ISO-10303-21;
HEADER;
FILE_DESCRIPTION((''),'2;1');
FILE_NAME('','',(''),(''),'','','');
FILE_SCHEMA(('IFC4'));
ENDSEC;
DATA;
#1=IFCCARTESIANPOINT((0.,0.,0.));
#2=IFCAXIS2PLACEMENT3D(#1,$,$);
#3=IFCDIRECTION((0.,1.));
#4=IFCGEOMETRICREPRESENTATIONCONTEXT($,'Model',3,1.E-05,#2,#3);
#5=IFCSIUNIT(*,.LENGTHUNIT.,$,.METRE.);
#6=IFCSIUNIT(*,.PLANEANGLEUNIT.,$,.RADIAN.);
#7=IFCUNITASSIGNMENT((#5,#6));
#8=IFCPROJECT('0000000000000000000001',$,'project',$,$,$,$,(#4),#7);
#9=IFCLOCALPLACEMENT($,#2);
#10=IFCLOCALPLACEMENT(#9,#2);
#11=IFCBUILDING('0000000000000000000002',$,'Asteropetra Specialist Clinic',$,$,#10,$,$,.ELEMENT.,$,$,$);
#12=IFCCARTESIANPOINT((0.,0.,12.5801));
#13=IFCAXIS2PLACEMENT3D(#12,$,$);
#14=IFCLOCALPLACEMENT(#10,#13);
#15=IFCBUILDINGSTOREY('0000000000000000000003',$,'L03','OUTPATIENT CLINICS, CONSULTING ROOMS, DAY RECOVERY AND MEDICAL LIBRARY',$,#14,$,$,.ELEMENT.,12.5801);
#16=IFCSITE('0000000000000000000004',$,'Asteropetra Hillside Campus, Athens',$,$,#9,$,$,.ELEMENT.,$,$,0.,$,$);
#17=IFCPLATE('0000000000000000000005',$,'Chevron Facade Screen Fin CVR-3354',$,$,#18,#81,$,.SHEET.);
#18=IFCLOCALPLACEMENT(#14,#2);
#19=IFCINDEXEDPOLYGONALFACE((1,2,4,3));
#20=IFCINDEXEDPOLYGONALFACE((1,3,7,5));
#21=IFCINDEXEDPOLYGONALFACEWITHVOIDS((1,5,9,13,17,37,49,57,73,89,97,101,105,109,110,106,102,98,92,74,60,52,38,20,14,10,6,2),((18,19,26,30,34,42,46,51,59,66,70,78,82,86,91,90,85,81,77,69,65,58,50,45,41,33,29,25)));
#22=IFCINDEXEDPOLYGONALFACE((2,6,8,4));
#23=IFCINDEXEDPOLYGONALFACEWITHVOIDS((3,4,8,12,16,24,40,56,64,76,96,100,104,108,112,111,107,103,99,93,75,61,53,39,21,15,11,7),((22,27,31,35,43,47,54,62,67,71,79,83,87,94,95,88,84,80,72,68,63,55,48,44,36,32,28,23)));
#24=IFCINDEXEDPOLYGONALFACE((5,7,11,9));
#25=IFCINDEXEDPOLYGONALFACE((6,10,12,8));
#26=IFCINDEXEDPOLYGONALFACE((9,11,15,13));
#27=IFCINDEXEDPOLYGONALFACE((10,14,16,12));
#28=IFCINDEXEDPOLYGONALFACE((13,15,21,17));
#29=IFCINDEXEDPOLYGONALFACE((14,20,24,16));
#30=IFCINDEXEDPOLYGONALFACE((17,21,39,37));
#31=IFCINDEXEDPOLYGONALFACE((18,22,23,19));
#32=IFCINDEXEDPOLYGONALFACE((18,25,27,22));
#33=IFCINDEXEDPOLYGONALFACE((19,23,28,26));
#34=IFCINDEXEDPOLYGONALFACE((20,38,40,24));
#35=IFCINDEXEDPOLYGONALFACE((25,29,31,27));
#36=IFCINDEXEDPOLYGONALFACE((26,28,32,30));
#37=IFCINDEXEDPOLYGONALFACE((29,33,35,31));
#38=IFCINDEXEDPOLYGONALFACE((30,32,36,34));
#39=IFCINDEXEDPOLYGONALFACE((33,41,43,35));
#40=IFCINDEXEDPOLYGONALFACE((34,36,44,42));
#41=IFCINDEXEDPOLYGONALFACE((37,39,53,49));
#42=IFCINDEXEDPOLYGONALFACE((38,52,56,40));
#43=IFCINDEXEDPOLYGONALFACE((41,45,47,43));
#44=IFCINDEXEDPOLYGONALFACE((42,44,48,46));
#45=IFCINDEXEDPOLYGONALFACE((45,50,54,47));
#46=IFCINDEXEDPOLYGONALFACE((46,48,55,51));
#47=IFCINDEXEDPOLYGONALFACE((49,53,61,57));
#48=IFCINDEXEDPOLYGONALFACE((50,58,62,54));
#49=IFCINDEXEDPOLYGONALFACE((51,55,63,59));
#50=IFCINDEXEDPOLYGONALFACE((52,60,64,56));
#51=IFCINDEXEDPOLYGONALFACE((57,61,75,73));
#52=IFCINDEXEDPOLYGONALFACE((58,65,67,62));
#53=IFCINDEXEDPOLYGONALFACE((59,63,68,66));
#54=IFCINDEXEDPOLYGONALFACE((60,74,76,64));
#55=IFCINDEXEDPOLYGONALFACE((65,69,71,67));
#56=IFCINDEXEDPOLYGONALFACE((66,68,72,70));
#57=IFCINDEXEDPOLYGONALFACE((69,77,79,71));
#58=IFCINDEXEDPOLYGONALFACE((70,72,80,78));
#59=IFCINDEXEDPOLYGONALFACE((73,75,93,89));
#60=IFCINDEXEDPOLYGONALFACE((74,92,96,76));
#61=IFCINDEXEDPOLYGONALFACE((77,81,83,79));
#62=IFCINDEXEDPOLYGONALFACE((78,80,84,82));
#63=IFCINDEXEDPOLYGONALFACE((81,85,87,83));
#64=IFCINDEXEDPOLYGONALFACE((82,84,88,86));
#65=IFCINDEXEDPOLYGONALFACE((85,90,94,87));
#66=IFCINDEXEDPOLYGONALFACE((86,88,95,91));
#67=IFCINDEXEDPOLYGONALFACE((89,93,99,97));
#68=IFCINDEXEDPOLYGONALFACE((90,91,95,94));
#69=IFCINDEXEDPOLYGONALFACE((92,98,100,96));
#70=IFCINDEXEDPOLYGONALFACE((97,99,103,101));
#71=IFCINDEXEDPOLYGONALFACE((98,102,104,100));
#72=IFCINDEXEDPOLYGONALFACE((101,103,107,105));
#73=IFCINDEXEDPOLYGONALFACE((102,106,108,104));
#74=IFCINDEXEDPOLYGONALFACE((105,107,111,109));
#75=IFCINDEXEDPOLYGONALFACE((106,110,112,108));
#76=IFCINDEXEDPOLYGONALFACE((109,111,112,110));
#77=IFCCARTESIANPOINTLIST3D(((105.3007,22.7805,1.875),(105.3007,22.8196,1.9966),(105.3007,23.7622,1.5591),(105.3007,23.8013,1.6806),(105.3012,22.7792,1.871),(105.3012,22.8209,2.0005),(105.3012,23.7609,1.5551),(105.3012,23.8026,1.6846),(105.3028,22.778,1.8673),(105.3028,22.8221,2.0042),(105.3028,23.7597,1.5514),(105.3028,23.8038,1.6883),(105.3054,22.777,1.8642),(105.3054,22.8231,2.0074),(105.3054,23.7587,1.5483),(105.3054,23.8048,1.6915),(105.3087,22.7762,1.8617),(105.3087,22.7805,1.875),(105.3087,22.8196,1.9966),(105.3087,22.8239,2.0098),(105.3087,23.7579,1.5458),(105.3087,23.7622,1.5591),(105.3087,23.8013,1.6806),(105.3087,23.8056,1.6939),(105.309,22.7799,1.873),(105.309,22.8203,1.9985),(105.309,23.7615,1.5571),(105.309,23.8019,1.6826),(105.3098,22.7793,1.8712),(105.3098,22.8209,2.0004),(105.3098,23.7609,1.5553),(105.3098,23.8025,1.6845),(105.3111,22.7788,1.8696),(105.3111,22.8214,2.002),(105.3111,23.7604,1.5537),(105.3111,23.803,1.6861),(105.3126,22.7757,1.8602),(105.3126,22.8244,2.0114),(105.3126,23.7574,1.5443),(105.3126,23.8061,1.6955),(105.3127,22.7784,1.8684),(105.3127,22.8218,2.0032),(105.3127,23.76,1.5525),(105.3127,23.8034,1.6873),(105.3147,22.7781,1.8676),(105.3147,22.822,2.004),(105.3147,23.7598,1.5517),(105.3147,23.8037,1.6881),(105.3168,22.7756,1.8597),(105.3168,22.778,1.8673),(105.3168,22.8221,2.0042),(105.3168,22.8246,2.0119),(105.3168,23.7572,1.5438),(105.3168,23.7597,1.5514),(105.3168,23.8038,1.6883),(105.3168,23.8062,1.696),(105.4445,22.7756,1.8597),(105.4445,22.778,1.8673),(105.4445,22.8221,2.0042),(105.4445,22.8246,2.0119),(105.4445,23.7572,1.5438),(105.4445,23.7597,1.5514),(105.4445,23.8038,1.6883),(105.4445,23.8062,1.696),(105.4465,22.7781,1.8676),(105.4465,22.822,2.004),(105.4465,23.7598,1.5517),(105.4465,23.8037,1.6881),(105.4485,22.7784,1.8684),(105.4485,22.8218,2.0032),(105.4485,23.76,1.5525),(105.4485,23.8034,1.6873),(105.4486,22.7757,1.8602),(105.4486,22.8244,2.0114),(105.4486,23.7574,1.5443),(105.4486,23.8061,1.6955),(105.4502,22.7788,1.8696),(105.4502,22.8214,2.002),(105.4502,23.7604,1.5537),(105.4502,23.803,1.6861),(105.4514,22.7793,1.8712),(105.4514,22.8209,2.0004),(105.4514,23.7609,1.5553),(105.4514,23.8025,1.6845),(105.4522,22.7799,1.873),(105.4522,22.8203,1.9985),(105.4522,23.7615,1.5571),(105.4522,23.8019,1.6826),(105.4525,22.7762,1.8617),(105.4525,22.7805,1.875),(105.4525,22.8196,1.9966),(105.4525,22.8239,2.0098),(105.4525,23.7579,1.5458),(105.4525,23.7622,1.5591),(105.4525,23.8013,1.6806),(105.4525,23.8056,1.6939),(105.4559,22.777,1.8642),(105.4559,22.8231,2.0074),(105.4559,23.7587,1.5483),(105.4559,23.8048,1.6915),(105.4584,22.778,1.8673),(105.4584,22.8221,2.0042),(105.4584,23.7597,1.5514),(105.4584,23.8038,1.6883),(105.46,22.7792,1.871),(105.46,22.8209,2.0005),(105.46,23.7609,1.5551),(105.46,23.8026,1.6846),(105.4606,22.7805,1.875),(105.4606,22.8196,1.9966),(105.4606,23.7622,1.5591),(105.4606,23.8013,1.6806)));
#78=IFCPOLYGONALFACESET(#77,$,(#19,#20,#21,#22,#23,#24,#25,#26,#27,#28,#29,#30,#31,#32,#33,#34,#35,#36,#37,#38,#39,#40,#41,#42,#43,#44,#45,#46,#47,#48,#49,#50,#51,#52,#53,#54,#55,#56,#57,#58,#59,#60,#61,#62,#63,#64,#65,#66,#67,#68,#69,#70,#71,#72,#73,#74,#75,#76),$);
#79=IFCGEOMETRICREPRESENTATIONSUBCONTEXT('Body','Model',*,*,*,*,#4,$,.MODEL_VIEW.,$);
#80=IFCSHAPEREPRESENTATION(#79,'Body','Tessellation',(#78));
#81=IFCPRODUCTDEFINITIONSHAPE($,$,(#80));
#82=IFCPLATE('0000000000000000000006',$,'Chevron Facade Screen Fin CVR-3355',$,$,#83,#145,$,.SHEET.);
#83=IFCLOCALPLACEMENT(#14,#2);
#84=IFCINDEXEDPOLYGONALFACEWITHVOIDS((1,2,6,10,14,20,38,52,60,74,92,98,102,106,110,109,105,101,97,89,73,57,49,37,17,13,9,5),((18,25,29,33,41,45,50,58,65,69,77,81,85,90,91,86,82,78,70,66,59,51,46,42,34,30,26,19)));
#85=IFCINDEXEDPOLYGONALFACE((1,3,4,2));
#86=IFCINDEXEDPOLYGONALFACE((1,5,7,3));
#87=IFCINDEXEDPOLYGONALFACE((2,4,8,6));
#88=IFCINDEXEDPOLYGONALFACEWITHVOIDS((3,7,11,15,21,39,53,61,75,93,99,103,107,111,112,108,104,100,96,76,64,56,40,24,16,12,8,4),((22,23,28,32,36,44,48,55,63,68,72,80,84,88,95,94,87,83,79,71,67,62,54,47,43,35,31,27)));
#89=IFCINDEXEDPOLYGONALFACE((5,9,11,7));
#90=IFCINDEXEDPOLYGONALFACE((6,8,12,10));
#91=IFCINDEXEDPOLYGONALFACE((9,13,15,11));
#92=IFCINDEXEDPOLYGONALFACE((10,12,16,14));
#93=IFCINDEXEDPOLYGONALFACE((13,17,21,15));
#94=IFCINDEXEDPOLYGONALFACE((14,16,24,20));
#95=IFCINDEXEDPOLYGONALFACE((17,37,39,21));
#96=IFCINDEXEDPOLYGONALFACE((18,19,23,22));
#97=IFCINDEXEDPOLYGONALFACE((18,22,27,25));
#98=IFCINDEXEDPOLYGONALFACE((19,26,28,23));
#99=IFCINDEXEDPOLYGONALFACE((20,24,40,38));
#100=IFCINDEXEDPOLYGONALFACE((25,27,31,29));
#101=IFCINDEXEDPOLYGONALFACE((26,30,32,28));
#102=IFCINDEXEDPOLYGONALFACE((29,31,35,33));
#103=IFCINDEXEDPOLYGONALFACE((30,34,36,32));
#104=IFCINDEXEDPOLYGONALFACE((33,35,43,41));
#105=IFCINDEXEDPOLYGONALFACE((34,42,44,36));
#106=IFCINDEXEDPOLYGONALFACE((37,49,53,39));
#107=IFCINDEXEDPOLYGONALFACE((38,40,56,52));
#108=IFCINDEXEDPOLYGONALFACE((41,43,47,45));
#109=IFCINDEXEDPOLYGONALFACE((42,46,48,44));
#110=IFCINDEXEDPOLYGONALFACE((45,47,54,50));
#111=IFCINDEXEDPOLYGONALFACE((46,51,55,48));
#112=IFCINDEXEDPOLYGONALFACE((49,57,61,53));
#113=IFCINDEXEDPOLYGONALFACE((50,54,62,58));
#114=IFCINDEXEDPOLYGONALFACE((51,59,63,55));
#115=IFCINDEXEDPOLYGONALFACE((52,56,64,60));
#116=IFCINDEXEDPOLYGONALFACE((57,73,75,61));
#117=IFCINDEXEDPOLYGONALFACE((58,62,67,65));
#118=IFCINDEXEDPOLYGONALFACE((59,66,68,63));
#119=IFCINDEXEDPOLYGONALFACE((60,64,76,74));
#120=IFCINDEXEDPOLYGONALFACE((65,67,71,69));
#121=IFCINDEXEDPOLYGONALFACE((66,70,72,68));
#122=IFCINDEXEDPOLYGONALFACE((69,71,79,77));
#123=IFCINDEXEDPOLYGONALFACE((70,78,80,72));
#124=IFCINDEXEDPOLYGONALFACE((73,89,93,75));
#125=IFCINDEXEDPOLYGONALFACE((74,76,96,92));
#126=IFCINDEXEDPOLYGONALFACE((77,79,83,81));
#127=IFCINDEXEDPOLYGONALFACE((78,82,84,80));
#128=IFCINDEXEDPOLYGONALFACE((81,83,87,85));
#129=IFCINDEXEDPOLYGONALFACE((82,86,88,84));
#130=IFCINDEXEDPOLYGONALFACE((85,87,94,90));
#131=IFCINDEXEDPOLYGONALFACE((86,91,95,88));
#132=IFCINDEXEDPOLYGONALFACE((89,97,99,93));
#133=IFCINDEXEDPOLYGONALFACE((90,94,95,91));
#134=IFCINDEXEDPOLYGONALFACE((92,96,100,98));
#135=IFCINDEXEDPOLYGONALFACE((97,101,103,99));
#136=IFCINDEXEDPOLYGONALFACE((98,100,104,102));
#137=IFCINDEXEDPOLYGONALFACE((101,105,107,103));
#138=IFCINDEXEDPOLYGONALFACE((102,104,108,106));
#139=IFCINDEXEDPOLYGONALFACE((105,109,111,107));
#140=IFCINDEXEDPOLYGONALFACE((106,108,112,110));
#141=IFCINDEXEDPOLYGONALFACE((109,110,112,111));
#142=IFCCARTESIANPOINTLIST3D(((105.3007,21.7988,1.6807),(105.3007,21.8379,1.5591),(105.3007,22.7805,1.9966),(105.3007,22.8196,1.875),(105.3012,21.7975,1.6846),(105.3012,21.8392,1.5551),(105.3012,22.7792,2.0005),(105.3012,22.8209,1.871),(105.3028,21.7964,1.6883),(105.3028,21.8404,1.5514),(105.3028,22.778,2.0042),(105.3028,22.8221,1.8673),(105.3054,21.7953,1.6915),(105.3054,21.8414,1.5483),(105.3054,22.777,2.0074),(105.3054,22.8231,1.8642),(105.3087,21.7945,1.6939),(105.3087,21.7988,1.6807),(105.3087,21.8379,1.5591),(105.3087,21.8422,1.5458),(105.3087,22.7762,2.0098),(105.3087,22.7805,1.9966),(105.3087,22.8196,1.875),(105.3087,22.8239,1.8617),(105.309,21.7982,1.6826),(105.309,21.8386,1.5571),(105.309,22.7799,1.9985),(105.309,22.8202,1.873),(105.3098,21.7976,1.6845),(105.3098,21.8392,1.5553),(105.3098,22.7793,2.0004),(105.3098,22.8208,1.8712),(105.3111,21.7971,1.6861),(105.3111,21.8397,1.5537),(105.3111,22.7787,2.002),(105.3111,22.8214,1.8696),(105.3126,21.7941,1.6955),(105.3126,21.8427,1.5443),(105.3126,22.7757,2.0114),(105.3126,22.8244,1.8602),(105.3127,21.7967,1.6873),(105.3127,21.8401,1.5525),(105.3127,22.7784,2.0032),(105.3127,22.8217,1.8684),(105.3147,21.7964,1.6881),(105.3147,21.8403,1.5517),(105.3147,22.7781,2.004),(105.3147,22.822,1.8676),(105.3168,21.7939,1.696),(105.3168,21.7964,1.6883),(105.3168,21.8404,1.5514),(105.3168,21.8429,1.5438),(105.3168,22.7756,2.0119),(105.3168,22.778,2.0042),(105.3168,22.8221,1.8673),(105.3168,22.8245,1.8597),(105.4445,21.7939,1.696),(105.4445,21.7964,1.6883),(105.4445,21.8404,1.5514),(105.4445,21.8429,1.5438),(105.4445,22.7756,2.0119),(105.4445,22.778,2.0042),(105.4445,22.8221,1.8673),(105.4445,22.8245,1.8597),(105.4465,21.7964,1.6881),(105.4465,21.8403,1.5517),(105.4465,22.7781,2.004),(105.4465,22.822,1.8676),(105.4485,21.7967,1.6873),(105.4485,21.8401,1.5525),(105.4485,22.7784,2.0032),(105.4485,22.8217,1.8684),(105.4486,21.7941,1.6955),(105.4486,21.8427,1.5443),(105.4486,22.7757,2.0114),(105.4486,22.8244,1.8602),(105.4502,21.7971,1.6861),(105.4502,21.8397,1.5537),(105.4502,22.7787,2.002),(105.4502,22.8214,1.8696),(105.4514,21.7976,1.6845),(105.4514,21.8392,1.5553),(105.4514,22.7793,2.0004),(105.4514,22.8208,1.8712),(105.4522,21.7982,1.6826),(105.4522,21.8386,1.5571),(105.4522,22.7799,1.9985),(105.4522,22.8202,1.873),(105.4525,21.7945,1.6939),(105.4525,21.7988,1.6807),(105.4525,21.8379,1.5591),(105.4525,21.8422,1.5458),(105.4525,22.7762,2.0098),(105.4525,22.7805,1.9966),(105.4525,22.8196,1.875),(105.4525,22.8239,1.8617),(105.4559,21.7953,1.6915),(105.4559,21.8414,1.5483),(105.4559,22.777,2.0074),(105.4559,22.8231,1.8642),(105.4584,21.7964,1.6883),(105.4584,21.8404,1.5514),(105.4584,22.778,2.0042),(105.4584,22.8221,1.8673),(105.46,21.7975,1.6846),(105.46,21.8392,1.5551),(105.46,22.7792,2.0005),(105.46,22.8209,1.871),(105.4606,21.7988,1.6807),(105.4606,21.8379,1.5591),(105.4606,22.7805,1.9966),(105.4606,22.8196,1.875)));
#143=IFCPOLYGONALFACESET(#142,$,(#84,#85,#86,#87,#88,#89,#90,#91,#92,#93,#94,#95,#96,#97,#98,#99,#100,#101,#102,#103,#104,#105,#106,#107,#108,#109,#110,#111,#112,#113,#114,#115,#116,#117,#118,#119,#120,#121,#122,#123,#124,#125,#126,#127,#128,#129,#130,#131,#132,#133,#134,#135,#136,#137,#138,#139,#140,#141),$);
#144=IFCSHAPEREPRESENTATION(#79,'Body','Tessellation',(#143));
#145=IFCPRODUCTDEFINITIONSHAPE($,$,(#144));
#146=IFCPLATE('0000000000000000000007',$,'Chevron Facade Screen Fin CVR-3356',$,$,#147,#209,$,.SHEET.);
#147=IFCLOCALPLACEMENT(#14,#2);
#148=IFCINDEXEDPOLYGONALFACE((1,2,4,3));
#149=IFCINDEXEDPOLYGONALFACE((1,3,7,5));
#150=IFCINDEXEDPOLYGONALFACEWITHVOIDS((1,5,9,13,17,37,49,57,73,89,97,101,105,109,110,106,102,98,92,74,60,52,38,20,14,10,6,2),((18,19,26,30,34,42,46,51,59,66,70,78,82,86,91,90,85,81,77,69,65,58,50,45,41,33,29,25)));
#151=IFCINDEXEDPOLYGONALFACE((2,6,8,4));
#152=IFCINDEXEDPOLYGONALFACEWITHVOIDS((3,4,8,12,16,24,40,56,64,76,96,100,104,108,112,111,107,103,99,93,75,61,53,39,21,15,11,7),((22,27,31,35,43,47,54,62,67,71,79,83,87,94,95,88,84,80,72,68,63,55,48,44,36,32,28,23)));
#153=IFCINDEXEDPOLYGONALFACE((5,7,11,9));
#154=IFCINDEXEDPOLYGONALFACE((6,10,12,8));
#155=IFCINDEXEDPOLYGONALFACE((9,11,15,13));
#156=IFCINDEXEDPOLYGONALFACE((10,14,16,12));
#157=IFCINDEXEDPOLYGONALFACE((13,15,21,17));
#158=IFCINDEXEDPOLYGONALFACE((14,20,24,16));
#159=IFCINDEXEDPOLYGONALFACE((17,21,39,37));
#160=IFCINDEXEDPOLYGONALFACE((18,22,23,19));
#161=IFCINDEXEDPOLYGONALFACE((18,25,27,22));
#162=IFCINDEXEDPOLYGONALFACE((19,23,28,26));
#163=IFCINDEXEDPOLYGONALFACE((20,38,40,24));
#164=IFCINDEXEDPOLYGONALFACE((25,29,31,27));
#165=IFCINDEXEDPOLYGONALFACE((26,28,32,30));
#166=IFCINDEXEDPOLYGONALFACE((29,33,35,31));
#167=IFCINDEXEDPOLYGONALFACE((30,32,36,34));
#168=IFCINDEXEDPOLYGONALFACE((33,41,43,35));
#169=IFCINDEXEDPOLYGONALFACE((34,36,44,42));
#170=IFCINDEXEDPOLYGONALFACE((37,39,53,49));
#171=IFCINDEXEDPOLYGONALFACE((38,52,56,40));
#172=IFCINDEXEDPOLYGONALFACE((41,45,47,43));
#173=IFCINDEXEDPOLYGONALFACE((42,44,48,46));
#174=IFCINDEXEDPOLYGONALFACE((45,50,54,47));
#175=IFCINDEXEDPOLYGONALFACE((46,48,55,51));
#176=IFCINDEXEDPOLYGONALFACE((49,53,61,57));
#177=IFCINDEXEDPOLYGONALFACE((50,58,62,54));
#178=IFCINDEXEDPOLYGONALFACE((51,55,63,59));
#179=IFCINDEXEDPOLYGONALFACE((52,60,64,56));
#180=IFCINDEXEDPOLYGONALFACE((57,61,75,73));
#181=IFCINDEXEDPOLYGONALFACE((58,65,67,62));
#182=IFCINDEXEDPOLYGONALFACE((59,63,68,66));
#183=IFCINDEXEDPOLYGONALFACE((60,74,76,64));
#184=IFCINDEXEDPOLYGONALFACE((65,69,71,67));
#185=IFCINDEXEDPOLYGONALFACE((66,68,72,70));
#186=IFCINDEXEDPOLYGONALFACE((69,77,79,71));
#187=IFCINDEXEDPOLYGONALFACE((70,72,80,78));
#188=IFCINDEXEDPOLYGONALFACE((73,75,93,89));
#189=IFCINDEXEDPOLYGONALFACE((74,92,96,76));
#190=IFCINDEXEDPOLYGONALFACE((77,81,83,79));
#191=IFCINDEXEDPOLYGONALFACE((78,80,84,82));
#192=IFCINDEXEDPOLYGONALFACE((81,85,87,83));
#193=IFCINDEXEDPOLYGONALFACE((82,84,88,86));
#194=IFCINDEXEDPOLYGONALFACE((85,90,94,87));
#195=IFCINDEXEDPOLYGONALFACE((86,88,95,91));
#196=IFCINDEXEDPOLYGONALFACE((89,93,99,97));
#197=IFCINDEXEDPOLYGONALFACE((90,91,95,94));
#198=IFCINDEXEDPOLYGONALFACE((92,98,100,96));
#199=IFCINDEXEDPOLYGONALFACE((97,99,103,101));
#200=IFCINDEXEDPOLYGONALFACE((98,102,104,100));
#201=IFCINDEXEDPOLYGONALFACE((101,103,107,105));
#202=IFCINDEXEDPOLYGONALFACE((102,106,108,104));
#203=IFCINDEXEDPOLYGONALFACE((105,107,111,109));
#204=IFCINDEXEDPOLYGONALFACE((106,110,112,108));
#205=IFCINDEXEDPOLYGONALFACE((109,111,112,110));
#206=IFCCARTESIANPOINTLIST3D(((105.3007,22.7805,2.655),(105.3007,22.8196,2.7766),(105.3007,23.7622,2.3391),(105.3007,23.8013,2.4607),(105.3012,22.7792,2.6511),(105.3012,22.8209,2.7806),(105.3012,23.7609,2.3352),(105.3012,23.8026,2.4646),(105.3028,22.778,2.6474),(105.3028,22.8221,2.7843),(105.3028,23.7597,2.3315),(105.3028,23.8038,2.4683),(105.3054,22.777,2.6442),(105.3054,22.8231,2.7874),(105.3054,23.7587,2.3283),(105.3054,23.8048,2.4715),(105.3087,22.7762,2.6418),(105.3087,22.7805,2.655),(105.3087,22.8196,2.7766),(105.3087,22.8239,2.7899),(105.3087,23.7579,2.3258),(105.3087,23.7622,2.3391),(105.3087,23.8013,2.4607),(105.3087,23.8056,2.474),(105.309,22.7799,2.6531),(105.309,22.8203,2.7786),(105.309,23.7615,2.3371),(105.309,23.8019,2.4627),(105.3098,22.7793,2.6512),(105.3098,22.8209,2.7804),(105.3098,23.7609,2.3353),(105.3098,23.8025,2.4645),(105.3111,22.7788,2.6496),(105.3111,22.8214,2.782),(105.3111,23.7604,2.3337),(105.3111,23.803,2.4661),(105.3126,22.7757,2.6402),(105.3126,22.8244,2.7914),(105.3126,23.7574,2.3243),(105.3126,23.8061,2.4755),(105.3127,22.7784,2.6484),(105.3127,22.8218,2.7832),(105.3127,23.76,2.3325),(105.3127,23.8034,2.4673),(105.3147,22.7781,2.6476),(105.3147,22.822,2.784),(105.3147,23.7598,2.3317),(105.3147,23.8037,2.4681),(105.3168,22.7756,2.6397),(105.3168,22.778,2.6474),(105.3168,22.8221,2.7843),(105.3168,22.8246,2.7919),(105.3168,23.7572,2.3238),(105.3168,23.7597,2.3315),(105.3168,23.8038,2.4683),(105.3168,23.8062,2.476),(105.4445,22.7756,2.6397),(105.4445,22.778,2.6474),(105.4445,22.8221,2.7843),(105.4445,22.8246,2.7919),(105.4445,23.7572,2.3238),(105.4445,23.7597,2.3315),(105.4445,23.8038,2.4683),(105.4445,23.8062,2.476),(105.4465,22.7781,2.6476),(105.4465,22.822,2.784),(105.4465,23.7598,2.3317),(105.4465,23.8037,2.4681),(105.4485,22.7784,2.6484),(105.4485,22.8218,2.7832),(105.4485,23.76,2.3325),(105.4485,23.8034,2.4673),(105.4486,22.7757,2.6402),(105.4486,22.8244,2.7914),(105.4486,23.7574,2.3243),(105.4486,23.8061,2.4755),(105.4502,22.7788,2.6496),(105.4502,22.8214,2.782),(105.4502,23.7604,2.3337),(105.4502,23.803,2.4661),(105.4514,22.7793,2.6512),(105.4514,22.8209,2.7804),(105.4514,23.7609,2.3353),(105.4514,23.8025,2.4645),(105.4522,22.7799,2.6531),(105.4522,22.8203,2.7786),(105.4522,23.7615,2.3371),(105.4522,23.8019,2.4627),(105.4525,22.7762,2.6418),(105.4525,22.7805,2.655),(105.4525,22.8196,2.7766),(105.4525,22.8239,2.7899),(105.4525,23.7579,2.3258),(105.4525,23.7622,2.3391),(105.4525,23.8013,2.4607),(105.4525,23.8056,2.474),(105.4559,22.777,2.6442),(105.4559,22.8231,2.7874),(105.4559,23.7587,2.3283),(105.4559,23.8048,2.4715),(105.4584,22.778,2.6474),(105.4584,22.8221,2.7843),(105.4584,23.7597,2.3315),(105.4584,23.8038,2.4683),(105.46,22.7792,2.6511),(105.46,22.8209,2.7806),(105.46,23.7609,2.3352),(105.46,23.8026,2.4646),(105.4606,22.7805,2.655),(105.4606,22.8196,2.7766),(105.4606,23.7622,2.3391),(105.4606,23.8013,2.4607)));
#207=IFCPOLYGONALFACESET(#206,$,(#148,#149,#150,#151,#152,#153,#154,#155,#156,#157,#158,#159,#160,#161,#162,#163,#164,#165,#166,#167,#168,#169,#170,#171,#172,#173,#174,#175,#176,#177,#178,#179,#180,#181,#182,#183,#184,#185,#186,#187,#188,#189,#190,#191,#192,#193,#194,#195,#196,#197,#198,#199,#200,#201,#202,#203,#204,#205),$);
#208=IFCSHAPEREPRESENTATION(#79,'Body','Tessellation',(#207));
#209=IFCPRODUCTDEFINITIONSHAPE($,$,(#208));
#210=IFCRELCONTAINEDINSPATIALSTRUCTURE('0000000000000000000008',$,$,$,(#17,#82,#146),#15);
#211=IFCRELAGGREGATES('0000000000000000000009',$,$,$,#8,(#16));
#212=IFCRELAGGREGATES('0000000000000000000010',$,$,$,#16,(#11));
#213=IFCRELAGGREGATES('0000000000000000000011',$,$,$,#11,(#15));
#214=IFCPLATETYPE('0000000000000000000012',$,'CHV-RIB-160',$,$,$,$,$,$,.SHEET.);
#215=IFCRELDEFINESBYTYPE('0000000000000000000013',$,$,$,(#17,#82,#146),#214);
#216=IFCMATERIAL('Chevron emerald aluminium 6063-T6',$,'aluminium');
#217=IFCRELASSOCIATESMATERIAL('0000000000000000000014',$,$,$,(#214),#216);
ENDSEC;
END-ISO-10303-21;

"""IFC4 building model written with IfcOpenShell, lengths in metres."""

from ifc_helpers import new_model, si_unit, direction, frame, origin, origin_2d, place, context, subcontext, project, spatial, hollow_rectangle, extrude, material, material_profile, profile_set, type_object, element, save


model = new_model("IFC4")

# Units and contexts
model_context = context("Model", 3, precision=1e-05, world=origin(), true_north=direction((0.0, 1.0)))
body_context = subcontext(model_context, "Body", "Model", "MODEL_VIEW")
ifc_project = project(units=[si_unit("LENGTHUNIT", "METRE"), si_unit("PLANEANGLEUNIT", "RADIAN")], contexts=[model_context])

# Site, building, storey
site_placement = place(None, origin())
site = spatial("IfcSite", under=ifc_project, at=site_placement, Name="Asteropetra Hillside Campus, Athens", CompositionType="ELEMENT", RefElevation=0.0)
building_placement = place(site_placement, origin())
building = spatial("IfcBuilding", under=site, at=building_placement, Name="Asteropetra Specialist Clinic", CompositionType="ELEMENT")
storey_placement = place(building_placement, frame((0.0, 0.0, 12.5801)))
storey = spatial("IfcBuildingStorey", under=building, at=storey_placement, Name="L03", Description="OUTPATIENT CLINICS, CONSULTING ROOMS, DAY RECOVERY AND MEDICAL LIBRARY", CompositionType="ELEMENT", Elevation=12.5801)

# Plates
ifc_material_1 = material(Name="Chevron emerald aluminium 6063-T6", Category="aluminium")
ifc_material_profile_1 = material_profile(ifc_material_1, hollow_rectangle(XDim=0.1599, YDim=0.1599, WallThickness=0.0081, InnerFilletRadius=0.0081, OuterFilletRadius=0.0161, at=origin_2d()), Name="SHS 160x160x8.0")
ifc_profile_set_1 = profile_set([ifc_material_profile_1], Name="Chevron emerald aluminium 6063-T6")
plate_type = type_object("IfcPlateType", Name="CHV-RIB-160", PredefinedType="SHEET", material=ifc_profile_set_1)
for number, where, z_axis, x_axis, name in (
    (1, (105.3806, 23.7817, 1.6199), (0.0, -0.951923, 0.306339), (1.0, 0.0, 0.0), "Chevron Facade Screen Fin CVR-3354"),
    (2, (105.3806, 22.8, 1.9358), (0.0, -0.951923, -0.306339), (1.0, 0.0, 0.0), "Chevron Facade Screen Fin CVR-3355"),
    (3, (105.3806, 23.7817, 2.3999), (0.0, -0.951923, 0.306339), (1.0, 0.0, 0.0), "Chevron Facade Screen Fin CVR-3356"),
):
    element("IfcPlate", number, at=place(storey_placement, frame(where, z_axis=z_axis, x_axis=x_axis)), inside=storey, type_object=plate_type, Name=name, PredefinedType="SHEET", context=body_context, shape_type="SweptSolid", body=[
        extrude(hollow_rectangle(XDim=0.1599, YDim=0.1599, WallThickness=0.0081, InnerFilletRadius=0.0081, OuterFilletRadius=0.0161, at=origin_2d()), origin(), (0.0, 0.0, 1.0), 1.0312),
    ])

save(model, "model.ifc")
